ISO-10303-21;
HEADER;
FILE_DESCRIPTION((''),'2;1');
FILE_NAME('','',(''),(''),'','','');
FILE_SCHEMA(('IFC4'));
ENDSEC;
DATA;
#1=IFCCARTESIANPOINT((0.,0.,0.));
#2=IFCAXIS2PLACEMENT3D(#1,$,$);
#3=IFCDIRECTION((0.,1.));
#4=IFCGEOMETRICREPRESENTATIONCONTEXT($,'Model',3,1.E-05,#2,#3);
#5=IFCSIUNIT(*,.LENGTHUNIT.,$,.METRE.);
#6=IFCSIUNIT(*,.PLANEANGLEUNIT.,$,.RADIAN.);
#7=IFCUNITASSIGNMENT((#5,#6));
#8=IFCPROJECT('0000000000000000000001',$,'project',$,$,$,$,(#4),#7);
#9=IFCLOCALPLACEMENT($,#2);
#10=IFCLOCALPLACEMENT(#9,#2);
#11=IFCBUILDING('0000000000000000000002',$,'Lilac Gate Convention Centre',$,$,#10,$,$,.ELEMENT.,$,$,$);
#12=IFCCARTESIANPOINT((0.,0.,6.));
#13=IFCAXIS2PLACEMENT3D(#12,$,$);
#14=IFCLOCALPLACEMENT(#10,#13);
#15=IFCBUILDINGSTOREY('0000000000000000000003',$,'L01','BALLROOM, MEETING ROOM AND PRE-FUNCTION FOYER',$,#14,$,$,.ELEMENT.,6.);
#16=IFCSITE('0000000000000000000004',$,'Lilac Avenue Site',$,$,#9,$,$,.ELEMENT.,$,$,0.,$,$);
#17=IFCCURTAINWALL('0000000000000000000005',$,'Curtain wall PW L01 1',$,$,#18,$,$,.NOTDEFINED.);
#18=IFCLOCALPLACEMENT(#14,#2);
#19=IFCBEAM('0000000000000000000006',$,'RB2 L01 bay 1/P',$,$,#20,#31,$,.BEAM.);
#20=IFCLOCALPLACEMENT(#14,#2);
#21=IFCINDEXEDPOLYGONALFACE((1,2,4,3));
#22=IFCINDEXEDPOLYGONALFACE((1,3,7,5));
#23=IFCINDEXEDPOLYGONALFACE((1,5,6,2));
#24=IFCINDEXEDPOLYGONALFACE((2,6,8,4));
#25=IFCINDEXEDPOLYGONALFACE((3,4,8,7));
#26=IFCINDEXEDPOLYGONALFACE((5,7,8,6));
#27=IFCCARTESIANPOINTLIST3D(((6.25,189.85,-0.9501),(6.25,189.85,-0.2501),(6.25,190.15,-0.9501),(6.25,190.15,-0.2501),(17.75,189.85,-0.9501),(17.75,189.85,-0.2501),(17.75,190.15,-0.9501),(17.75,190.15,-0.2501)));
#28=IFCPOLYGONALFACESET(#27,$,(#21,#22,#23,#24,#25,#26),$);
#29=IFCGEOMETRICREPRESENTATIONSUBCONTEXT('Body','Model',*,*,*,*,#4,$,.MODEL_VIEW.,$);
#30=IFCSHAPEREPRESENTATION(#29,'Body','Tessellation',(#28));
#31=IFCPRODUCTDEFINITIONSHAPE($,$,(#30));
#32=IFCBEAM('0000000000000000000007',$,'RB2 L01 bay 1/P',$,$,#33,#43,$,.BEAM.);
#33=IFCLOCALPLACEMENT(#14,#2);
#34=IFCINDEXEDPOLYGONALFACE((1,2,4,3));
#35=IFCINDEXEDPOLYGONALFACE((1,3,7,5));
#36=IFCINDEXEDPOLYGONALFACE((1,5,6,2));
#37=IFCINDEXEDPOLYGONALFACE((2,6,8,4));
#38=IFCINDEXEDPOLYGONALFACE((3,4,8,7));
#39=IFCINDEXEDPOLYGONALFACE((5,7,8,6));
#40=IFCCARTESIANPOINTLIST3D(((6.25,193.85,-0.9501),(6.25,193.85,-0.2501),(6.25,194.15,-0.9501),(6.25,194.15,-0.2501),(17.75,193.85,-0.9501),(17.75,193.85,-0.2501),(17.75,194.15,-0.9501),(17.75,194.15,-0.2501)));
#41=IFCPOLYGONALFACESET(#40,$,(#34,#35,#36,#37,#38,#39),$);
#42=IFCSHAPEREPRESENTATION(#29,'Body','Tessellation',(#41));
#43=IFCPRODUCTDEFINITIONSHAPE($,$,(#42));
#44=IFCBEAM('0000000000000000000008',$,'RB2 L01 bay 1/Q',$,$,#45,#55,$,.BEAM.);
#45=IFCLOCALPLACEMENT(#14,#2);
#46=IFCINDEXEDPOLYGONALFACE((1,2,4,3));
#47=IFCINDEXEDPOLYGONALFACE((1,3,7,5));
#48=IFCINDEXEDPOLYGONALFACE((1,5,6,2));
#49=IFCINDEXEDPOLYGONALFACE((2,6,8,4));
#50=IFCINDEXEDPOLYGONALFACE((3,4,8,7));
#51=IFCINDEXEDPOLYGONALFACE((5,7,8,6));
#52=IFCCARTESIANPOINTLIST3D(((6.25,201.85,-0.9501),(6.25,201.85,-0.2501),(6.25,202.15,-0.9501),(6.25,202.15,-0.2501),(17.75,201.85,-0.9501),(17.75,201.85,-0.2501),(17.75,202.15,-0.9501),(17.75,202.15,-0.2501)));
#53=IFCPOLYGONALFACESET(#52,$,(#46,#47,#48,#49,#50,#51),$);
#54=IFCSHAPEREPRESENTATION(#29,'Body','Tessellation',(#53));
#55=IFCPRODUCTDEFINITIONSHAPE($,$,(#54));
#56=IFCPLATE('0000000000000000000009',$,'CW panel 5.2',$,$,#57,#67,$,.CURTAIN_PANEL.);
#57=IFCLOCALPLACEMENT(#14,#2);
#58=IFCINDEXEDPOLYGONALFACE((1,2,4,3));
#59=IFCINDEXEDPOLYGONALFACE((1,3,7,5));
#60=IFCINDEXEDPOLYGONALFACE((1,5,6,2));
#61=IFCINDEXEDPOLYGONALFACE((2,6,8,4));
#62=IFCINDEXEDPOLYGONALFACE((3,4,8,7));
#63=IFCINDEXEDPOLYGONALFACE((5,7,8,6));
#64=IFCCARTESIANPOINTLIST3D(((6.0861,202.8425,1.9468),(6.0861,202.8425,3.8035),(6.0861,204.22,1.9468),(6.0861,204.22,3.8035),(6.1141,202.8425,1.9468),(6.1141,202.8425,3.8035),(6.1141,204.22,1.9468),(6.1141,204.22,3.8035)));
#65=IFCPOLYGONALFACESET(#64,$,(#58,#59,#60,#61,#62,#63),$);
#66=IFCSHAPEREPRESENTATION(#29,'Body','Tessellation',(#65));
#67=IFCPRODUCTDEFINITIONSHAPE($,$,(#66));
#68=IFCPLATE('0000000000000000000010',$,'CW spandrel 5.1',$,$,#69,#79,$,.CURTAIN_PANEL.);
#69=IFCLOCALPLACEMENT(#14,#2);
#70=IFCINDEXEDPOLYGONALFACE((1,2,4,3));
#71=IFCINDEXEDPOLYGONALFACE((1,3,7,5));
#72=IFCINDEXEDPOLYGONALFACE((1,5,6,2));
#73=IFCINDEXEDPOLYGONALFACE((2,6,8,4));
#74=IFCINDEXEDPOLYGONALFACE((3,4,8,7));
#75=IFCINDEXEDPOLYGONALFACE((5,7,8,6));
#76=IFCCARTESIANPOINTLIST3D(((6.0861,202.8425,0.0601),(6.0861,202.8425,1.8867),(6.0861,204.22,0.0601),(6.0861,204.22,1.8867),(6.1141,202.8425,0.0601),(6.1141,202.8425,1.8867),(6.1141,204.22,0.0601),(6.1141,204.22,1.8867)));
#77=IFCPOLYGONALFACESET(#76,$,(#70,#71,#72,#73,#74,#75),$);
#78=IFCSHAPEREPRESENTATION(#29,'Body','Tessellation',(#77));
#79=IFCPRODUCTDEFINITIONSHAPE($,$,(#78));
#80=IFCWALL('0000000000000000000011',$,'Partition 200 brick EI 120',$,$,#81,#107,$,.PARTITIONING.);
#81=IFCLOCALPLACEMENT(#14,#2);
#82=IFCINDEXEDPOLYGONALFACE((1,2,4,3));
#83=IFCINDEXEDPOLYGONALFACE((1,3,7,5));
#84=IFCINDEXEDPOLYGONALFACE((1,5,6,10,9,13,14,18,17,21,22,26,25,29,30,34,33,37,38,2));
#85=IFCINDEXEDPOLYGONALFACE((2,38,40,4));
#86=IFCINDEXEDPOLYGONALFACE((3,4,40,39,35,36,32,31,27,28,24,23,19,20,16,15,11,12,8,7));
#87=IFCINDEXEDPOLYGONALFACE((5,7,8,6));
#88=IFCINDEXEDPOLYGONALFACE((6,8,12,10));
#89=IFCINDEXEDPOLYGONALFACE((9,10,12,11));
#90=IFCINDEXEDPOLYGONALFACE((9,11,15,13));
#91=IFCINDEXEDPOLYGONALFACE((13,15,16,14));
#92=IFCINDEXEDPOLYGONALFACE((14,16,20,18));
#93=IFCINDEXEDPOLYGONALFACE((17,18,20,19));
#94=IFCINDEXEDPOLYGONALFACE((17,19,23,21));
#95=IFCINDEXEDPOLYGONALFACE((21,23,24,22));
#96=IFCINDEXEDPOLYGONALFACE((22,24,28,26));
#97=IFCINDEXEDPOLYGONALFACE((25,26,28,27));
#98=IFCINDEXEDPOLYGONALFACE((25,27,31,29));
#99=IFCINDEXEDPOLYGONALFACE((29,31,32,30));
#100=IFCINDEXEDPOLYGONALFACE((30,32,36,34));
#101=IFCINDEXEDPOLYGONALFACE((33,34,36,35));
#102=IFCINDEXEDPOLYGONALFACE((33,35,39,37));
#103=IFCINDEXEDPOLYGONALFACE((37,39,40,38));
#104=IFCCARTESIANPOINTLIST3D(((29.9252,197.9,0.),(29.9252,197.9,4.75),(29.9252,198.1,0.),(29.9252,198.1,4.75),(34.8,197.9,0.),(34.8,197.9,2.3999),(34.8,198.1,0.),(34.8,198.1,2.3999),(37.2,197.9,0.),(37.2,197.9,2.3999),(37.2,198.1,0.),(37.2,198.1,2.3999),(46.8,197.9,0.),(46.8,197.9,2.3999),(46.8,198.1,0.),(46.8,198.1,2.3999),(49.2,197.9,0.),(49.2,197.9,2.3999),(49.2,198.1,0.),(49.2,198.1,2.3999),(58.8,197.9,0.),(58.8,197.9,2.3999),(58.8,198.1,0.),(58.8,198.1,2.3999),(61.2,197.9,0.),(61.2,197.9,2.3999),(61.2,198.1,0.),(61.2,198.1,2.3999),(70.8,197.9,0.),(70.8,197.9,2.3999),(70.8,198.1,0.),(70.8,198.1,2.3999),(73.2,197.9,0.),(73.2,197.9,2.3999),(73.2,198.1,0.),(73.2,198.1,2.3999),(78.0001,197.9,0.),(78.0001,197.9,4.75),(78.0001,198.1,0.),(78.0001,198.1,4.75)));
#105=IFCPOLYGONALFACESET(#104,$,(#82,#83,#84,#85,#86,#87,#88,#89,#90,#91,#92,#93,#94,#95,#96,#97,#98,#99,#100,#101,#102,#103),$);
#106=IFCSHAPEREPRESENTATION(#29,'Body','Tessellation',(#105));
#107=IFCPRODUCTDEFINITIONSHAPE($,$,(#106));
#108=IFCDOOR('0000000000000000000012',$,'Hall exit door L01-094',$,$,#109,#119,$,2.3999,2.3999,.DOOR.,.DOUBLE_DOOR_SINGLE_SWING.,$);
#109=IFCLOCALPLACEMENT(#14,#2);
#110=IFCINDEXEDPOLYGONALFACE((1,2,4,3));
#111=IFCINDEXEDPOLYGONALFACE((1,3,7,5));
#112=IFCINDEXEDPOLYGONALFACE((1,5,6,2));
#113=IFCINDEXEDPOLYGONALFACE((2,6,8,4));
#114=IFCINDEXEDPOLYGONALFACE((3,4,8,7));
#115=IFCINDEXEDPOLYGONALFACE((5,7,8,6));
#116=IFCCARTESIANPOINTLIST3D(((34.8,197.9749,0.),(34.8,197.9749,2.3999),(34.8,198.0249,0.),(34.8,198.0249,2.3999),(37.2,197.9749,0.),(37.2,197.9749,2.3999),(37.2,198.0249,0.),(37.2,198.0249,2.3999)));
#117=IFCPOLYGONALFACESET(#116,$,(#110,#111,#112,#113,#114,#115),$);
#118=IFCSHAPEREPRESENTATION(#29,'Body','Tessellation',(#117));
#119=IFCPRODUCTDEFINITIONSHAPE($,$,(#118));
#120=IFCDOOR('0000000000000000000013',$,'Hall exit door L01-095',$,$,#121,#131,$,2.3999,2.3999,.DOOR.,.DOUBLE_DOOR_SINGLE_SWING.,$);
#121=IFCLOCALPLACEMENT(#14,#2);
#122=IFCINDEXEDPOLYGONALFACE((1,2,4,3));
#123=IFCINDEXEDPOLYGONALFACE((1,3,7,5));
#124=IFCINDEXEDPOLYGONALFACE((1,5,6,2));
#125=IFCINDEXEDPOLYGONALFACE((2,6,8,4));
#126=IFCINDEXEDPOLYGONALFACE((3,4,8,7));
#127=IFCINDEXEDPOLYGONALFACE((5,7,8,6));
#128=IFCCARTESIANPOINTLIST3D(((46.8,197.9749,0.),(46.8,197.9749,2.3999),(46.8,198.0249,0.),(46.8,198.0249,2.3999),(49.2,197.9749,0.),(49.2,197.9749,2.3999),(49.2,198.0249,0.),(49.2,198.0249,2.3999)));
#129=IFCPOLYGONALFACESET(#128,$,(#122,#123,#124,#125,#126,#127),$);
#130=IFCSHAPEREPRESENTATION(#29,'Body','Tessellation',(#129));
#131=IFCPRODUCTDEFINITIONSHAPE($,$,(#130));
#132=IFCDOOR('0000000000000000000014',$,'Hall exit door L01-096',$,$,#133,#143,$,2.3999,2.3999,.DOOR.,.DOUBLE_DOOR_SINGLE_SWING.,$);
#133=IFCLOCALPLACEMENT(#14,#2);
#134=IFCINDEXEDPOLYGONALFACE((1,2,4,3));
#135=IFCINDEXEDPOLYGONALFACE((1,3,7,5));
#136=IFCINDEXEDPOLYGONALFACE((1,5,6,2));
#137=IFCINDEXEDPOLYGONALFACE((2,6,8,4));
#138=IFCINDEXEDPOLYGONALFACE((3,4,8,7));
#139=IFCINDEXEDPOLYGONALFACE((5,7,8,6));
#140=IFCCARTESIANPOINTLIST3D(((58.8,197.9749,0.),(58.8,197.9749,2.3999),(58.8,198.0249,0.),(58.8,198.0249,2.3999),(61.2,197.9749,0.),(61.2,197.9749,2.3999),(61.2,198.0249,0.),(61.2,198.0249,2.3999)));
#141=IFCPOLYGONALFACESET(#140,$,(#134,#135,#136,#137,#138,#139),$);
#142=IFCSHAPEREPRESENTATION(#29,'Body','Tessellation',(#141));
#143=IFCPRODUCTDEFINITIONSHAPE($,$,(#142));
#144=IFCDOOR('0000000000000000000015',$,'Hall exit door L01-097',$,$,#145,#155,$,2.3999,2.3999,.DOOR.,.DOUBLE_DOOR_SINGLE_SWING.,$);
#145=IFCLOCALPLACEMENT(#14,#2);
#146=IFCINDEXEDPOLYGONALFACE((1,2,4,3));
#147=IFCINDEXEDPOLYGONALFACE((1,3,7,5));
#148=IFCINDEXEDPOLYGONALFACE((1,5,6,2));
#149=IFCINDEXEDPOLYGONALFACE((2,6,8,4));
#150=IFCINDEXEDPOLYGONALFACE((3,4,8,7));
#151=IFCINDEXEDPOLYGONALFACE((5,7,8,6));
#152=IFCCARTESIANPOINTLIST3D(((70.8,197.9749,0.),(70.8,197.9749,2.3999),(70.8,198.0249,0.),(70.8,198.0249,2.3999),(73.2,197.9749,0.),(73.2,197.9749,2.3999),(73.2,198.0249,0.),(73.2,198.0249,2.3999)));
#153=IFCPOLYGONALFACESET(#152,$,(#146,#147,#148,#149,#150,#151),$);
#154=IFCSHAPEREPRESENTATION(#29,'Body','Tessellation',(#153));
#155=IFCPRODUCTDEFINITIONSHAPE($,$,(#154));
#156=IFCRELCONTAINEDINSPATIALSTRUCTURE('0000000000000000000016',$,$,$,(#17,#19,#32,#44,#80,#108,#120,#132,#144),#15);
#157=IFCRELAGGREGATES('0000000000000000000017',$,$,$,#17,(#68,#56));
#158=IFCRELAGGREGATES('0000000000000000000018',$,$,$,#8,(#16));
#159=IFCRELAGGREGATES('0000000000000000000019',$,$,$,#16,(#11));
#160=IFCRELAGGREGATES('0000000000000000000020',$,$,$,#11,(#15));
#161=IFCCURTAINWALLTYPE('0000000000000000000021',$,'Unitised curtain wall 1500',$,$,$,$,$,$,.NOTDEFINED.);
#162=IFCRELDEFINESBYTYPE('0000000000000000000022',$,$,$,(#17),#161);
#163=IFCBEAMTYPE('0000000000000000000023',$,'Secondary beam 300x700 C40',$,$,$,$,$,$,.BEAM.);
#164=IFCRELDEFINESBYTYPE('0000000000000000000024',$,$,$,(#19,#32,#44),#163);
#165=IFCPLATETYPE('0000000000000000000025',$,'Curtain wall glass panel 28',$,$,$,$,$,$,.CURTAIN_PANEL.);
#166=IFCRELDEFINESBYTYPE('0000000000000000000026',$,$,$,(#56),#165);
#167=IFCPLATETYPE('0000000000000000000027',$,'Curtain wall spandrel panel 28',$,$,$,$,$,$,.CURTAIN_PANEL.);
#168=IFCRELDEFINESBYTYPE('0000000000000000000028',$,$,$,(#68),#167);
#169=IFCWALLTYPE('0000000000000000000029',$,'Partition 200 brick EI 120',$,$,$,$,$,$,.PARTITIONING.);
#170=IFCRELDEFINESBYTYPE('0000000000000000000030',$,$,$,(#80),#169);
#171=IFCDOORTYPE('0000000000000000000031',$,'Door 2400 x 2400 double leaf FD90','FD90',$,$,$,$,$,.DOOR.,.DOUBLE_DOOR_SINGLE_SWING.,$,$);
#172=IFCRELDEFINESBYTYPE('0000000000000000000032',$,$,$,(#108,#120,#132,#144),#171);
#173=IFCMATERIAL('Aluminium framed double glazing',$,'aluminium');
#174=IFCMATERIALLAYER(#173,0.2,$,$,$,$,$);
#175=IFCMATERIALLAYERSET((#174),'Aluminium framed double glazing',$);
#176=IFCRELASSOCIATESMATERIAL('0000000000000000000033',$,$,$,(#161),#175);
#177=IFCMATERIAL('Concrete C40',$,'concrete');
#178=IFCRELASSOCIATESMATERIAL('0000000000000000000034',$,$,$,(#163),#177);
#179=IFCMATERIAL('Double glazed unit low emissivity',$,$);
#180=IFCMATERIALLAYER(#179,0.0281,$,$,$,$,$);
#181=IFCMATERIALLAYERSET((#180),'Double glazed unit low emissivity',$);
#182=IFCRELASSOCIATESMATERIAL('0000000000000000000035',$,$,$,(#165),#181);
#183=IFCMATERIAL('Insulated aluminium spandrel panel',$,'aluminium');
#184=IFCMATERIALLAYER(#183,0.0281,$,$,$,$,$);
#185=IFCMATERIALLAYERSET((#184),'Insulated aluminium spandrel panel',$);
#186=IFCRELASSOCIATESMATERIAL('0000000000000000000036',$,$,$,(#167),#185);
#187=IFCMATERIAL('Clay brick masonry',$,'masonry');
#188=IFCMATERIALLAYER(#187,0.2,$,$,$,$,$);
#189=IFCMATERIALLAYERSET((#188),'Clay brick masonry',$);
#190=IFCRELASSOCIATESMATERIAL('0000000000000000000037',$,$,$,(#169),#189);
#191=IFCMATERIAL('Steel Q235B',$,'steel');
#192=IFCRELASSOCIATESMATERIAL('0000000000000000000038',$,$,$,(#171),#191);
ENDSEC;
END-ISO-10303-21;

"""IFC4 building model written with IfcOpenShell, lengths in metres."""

from ifc_helpers import new_model, si_unit, direction, frame, frame_2d, origin, origin_2d, place, context, subcontext, project, spatial, rectangle, extrude, material, layer, layer_set, material_profile, profile_set, type_object, element, fill, aggregate, save


model = new_model("IFC4")

# Units and contexts
model_context = context("Model", 3, precision=1e-05, world=origin(), true_north=direction((0.0, 1.0)))
body_context = subcontext(model_context, "Body", "Model", "MODEL_VIEW")
ifc_project = project(units=[si_unit("LENGTHUNIT", "METRE"), si_unit("PLANEANGLEUNIT", "RADIAN")], contexts=[model_context])

# Site, building, storey
site_placement = place(None, origin())
site = spatial("IfcSite", under=ifc_project, at=site_placement, Name="Lilac Avenue Site", CompositionType="ELEMENT", RefElevation=0.0)
building_placement = place(site_placement, origin())
building = spatial("IfcBuilding", under=site, at=building_placement, Name="Lilac Gate Convention Centre", CompositionType="ELEMENT")
storey_placement = place(building_placement, frame((0.0, 0.0, 6.0)))
storey = spatial("IfcBuildingStorey", under=building, at=storey_placement, Name="L01", Description="BALLROOM, MEETING ROOM AND PRE-FUNCTION FOYER", CompositionType="ELEMENT", Elevation=6.0)

# Shared definitions
ifc_material_1 = material(Name="Concrete C40", Category="concrete")

# Curtain wall
ifc_material_2 = material(Name="Aluminium framed double glazing", Category="aluminium")
ifc_layer_1 = layer(ifc_material_2, 0.2)
ifc_layer_set_1 = layer_set([ifc_layer_1], Name="Aluminium framed double glazing")
curtain_wall_type = type_object("IfcCurtainWallType", Name="Unitised curtain wall 1500", PredefinedType="NOTDEFINED", material=ifc_layer_set_1)
curtain_wall_placement = place(storey_placement, origin())
curtain_wall = element("IfcCurtainWall", 1, at=curtain_wall_placement, inside=storey, type_object=curtain_wall_type, Name="Curtain wall PW L01 1", PredefinedType="NOTDEFINED")

# Beams
ifc_material_profile_1 = material_profile(ifc_material_1, rectangle(XDim=0.3, YDim=0.7, at=origin_2d()), Name="RC 300x700")
ifc_profile_set_1 = profile_set([ifc_material_profile_1], Name="Concrete C40")
beam_type_1 = type_object("IfcBeamType", Name="Secondary beam 300x700 C40", PredefinedType="BEAM", material=ifc_profile_set_1)
for number, where, z_axis, x_axis, name in (
    (2, (6.25, 190.0, -0.6001), (1.0, 0.0, 0.0), (0.0, 1.0, 0.0), "RB2 L01 bay 1/P"),
    (3, (6.25, 194.0, -0.6001), (1.0, 0.0, 0.0), (0.0, 1.0, 0.0), "RB2 L01 bay 1/P"),
    (4, (6.25, 202.0, -0.6001), (1.0, 0.0, 0.0), (0.0, 1.0, 0.0), "RB2 L01 bay 1/Q"),
):
    element("IfcBeam", number, at=place(storey_placement, frame(where, z_axis=z_axis, x_axis=x_axis)), inside=storey, type_object=beam_type_1, Name=name, PredefinedType="BEAM", context=body_context, shape_type="SweptSolid", body=[
        extrude(rectangle(XDim=0.3, YDim=0.7, at=origin_2d()), origin(), (0.0, 0.0, 1.0), 11.5),
    ])

# Plates
ifc_material_3 = material(Name="Double glazed unit low emissivity")
ifc_layer_2 = layer(ifc_material_3, 0.0281)
ifc_layer_set_2 = layer_set([ifc_layer_2], Name="Double glazed unit low emissivity")
plate_type_1 = type_object("IfcPlateType", Name="Curtain wall glass panel 28", PredefinedType="CURTAIN_PANEL", material=ifc_layer_set_2)
plate_1_placement = place(storey_placement, frame((6.1001, 203.5312, 1.9468), z_axis=(0.0, 0.0, 1.0), x_axis=(0.0, -1.0, 0.0)))
plate_1 = element("IfcPlate", 5, at=plate_1_placement, type_object=plate_type_1, Name="CW panel 5.2", PredefinedType="CURTAIN_PANEL", context=body_context, shape_type="SweptSolid", body=[
    extrude(rectangle(XDim=1.3774, YDim=0.0281, at=origin_2d()), origin(), (0.0, 0.0, 1.0), 1.8567),
])
ifc_material_4 = material(Name="Insulated aluminium spandrel panel", Category="aluminium")
ifc_layer_3 = layer(ifc_material_4, 0.0281)
ifc_layer_set_3 = layer_set([ifc_layer_3], Name="Insulated aluminium spandrel panel")
plate_type_2 = type_object("IfcPlateType", Name="Curtain wall spandrel panel 28", PredefinedType="CURTAIN_PANEL", material=ifc_layer_set_3)
plate_2_placement = place(storey_placement, frame((6.1001, 203.5312, 0.0601), z_axis=(0.0, 0.0, 1.0), x_axis=(0.0, -1.0, 0.0)))
plate_2 = element("IfcPlate", 6, at=plate_2_placement, type_object=plate_type_2, Name="CW spandrel 5.1", PredefinedType="CURTAIN_PANEL", context=body_context, shape_type="SweptSolid", body=[
    extrude(rectangle(XDim=1.3774, YDim=0.0281, at=origin_2d()), origin(), (0.0, 0.0, 1.0), 1.8267),
])
aggregate(curtain_wall, [plate_2, plate_1])

# Wall, openings, doors
ifc_material_5 = material(Name="Clay brick masonry", Category="masonry")
ifc_layer_4 = layer(ifc_material_5, 0.2)
ifc_layer_set_4 = layer_set([ifc_layer_4], Name="Clay brick masonry")
wall_type = type_object("IfcWallType", Name="Partition 200 brick EI 120", PredefinedType="PARTITIONING", material=ifc_layer_set_4)
wall_placement = place(storey_placement, frame((29.925, 198.0, 0.0), z_axis=(0.0, 0.0, 1.0), x_axis=(1.0, 0.0, 0.0)))
wall = element("IfcWall", 7, at=wall_placement, inside=storey, type_object=wall_type, Name="Partition 200 brick EI 120", PredefinedType="PARTITIONING", context=body_context, shape_type="SweptSolid", body=[
    extrude(rectangle(XDim=48.075, YDim=0.2, at=frame_2d((24.0376, 0.0))), origin(), (0.0, 0.0, 1.0), 4.75),
])
opening_1_placement = place(wall_placement, frame((4.875, 0.0, 0.0)))
opening_1 = element("IfcOpeningElement", 8, at=opening_1_placement, cuts=wall, PredefinedType="OPENING", context=body_context, shape_type="SweptSolid", body=[
    extrude(rectangle(XDim=2.3999, YDim=2.3999, at=frame_2d((1.2, 1.2))), frame((0.0, 0.1099, 0.0), z_axis=(0.0, -1.0, 0.0), x_axis=(1.0, 0.0, 0.0)), (0.0, 0.0, 1.0), 0.22),
])
opening_2_placement = place(wall_placement, frame((16.875, 0.0, 0.0)))
opening_2 = element("IfcOpeningElement", 9, at=opening_2_placement, cuts=wall, PredefinedType="OPENING", context=body_context, shape_type="SweptSolid", body=[
    extrude(rectangle(XDim=2.3999, YDim=2.3999, at=frame_2d((1.2, 1.2))), frame((0.0, 0.1099, 0.0), z_axis=(0.0, -1.0, 0.0), x_axis=(1.0, 0.0, 0.0)), (0.0, 0.0, 1.0), 0.22),
])
opening_3_placement = place(wall_placement, frame((28.875, 0.0, 0.0)))
opening_3 = element("IfcOpeningElement", 10, at=opening_3_placement, cuts=wall, PredefinedType="OPENING", context=body_context, shape_type="SweptSolid", body=[
    extrude(rectangle(XDim=2.3999, YDim=2.3999, at=frame_2d((1.2, 1.2))), frame((0.0, 0.1099, 0.0), z_axis=(0.0, -1.0, 0.0), x_axis=(1.0, 0.0, 0.0)), (0.0, 0.0, 1.0), 0.22),
])
opening_4_placement = place(wall_placement, frame((40.875, 0.0, 0.0)))
opening_4 = element("IfcOpeningElement", 11, at=opening_4_placement, cuts=wall, PredefinedType="OPENING", context=body_context, shape_type="SweptSolid", body=[
    extrude(rectangle(XDim=2.3999, YDim=2.3999, at=frame_2d((1.2, 1.2))), frame((0.0, 0.1099, 0.0), z_axis=(0.0, -1.0, 0.0), x_axis=(1.0, 0.0, 0.0)), (0.0, 0.0, 1.0), 0.22),
])
ifc_material_6 = material(Name="Steel Q235B", Category="steel")
door_type = type_object("IfcDoorType", Name="Door 2400 x 2400 double leaf FD90", Description="FD90", OperationType="DOUBLE_DOOR_SINGLE_SWING", PredefinedType="DOOR", material=ifc_material_6)
door_1_placement = place(opening_1_placement, origin())
door_1 = element("IfcDoor", 12, at=door_1_placement, inside=storey, type_object=door_type, Name="Hall exit door L01-094", OperationType="DOUBLE_DOOR_SINGLE_SWING", OverallHeight=2.3999, OverallWidth=2.3999, PredefinedType="DOOR", context=body_context, shape_type="SweptSolid", body=[
    extrude(rectangle(XDim=2.3999, YDim=2.3999, at=frame_2d((1.2, 1.2))), frame((0.0, 0.0249, 0.0), z_axis=(0.0, -1.0, 0.0), x_axis=(1.0, 0.0, 0.0)), (0.0, 0.0, 1.0), 0.05),
])
fill(opening_1, door_1)
door_2_placement = place(opening_2_placement, origin())
door_2 = element("IfcDoor", 13, at=door_2_placement, inside=storey, type_object=door_type, Name="Hall exit door L01-095", OperationType="DOUBLE_DOOR_SINGLE_SWING", OverallHeight=2.3999, OverallWidth=2.3999, PredefinedType="DOOR", context=body_context, shape_type="SweptSolid", body=[
    extrude(rectangle(XDim=2.3999, YDim=2.3999, at=frame_2d((1.2, 1.2))), frame((0.0, 0.0249, 0.0), z_axis=(0.0, -1.0, 0.0), x_axis=(1.0, 0.0, 0.0)), (0.0, 0.0, 1.0), 0.05),
])
fill(opening_2, door_2)
door_3_placement = place(opening_3_placement, origin())
door_3 = element("IfcDoor", 14, at=door_3_placement, inside=storey, type_object=door_type, Name="Hall exit door L01-096", OperationType="DOUBLE_DOOR_SINGLE_SWING", OverallHeight=2.3999, OverallWidth=2.3999, PredefinedType="DOOR", context=body_context, shape_type="SweptSolid", body=[
    extrude(rectangle(XDim=2.3999, YDim=2.3999, at=frame_2d((1.2, 1.2))), frame((0.0, 0.0249, 0.0), z_axis=(0.0, -1.0, 0.0), x_axis=(1.0, 0.0, 0.0)), (0.0, 0.0, 1.0), 0.05),
])
fill(opening_3, door_3)
door_4_placement = place(opening_4_placement, origin())
door_4 = element("IfcDoor", 15, at=door_4_placement, inside=storey, type_object=door_type, Name="Hall exit door L01-097", OperationType="DOUBLE_DOOR_SINGLE_SWING", OverallHeight=2.3999, OverallWidth=2.3999, PredefinedType="DOOR", context=body_context, shape_type="SweptSolid", body=[
    extrude(rectangle(XDim=2.3999, YDim=2.3999, at=frame_2d((1.2, 1.2))), frame((0.0, 0.0249, 0.0), z_axis=(0.0, -1.0, 0.0), x_axis=(1.0, 0.0, 0.0)), (0.0, 0.0, 1.0), 0.05),
])
fill(opening_4, door_4)

save(model, "model.ifc")
